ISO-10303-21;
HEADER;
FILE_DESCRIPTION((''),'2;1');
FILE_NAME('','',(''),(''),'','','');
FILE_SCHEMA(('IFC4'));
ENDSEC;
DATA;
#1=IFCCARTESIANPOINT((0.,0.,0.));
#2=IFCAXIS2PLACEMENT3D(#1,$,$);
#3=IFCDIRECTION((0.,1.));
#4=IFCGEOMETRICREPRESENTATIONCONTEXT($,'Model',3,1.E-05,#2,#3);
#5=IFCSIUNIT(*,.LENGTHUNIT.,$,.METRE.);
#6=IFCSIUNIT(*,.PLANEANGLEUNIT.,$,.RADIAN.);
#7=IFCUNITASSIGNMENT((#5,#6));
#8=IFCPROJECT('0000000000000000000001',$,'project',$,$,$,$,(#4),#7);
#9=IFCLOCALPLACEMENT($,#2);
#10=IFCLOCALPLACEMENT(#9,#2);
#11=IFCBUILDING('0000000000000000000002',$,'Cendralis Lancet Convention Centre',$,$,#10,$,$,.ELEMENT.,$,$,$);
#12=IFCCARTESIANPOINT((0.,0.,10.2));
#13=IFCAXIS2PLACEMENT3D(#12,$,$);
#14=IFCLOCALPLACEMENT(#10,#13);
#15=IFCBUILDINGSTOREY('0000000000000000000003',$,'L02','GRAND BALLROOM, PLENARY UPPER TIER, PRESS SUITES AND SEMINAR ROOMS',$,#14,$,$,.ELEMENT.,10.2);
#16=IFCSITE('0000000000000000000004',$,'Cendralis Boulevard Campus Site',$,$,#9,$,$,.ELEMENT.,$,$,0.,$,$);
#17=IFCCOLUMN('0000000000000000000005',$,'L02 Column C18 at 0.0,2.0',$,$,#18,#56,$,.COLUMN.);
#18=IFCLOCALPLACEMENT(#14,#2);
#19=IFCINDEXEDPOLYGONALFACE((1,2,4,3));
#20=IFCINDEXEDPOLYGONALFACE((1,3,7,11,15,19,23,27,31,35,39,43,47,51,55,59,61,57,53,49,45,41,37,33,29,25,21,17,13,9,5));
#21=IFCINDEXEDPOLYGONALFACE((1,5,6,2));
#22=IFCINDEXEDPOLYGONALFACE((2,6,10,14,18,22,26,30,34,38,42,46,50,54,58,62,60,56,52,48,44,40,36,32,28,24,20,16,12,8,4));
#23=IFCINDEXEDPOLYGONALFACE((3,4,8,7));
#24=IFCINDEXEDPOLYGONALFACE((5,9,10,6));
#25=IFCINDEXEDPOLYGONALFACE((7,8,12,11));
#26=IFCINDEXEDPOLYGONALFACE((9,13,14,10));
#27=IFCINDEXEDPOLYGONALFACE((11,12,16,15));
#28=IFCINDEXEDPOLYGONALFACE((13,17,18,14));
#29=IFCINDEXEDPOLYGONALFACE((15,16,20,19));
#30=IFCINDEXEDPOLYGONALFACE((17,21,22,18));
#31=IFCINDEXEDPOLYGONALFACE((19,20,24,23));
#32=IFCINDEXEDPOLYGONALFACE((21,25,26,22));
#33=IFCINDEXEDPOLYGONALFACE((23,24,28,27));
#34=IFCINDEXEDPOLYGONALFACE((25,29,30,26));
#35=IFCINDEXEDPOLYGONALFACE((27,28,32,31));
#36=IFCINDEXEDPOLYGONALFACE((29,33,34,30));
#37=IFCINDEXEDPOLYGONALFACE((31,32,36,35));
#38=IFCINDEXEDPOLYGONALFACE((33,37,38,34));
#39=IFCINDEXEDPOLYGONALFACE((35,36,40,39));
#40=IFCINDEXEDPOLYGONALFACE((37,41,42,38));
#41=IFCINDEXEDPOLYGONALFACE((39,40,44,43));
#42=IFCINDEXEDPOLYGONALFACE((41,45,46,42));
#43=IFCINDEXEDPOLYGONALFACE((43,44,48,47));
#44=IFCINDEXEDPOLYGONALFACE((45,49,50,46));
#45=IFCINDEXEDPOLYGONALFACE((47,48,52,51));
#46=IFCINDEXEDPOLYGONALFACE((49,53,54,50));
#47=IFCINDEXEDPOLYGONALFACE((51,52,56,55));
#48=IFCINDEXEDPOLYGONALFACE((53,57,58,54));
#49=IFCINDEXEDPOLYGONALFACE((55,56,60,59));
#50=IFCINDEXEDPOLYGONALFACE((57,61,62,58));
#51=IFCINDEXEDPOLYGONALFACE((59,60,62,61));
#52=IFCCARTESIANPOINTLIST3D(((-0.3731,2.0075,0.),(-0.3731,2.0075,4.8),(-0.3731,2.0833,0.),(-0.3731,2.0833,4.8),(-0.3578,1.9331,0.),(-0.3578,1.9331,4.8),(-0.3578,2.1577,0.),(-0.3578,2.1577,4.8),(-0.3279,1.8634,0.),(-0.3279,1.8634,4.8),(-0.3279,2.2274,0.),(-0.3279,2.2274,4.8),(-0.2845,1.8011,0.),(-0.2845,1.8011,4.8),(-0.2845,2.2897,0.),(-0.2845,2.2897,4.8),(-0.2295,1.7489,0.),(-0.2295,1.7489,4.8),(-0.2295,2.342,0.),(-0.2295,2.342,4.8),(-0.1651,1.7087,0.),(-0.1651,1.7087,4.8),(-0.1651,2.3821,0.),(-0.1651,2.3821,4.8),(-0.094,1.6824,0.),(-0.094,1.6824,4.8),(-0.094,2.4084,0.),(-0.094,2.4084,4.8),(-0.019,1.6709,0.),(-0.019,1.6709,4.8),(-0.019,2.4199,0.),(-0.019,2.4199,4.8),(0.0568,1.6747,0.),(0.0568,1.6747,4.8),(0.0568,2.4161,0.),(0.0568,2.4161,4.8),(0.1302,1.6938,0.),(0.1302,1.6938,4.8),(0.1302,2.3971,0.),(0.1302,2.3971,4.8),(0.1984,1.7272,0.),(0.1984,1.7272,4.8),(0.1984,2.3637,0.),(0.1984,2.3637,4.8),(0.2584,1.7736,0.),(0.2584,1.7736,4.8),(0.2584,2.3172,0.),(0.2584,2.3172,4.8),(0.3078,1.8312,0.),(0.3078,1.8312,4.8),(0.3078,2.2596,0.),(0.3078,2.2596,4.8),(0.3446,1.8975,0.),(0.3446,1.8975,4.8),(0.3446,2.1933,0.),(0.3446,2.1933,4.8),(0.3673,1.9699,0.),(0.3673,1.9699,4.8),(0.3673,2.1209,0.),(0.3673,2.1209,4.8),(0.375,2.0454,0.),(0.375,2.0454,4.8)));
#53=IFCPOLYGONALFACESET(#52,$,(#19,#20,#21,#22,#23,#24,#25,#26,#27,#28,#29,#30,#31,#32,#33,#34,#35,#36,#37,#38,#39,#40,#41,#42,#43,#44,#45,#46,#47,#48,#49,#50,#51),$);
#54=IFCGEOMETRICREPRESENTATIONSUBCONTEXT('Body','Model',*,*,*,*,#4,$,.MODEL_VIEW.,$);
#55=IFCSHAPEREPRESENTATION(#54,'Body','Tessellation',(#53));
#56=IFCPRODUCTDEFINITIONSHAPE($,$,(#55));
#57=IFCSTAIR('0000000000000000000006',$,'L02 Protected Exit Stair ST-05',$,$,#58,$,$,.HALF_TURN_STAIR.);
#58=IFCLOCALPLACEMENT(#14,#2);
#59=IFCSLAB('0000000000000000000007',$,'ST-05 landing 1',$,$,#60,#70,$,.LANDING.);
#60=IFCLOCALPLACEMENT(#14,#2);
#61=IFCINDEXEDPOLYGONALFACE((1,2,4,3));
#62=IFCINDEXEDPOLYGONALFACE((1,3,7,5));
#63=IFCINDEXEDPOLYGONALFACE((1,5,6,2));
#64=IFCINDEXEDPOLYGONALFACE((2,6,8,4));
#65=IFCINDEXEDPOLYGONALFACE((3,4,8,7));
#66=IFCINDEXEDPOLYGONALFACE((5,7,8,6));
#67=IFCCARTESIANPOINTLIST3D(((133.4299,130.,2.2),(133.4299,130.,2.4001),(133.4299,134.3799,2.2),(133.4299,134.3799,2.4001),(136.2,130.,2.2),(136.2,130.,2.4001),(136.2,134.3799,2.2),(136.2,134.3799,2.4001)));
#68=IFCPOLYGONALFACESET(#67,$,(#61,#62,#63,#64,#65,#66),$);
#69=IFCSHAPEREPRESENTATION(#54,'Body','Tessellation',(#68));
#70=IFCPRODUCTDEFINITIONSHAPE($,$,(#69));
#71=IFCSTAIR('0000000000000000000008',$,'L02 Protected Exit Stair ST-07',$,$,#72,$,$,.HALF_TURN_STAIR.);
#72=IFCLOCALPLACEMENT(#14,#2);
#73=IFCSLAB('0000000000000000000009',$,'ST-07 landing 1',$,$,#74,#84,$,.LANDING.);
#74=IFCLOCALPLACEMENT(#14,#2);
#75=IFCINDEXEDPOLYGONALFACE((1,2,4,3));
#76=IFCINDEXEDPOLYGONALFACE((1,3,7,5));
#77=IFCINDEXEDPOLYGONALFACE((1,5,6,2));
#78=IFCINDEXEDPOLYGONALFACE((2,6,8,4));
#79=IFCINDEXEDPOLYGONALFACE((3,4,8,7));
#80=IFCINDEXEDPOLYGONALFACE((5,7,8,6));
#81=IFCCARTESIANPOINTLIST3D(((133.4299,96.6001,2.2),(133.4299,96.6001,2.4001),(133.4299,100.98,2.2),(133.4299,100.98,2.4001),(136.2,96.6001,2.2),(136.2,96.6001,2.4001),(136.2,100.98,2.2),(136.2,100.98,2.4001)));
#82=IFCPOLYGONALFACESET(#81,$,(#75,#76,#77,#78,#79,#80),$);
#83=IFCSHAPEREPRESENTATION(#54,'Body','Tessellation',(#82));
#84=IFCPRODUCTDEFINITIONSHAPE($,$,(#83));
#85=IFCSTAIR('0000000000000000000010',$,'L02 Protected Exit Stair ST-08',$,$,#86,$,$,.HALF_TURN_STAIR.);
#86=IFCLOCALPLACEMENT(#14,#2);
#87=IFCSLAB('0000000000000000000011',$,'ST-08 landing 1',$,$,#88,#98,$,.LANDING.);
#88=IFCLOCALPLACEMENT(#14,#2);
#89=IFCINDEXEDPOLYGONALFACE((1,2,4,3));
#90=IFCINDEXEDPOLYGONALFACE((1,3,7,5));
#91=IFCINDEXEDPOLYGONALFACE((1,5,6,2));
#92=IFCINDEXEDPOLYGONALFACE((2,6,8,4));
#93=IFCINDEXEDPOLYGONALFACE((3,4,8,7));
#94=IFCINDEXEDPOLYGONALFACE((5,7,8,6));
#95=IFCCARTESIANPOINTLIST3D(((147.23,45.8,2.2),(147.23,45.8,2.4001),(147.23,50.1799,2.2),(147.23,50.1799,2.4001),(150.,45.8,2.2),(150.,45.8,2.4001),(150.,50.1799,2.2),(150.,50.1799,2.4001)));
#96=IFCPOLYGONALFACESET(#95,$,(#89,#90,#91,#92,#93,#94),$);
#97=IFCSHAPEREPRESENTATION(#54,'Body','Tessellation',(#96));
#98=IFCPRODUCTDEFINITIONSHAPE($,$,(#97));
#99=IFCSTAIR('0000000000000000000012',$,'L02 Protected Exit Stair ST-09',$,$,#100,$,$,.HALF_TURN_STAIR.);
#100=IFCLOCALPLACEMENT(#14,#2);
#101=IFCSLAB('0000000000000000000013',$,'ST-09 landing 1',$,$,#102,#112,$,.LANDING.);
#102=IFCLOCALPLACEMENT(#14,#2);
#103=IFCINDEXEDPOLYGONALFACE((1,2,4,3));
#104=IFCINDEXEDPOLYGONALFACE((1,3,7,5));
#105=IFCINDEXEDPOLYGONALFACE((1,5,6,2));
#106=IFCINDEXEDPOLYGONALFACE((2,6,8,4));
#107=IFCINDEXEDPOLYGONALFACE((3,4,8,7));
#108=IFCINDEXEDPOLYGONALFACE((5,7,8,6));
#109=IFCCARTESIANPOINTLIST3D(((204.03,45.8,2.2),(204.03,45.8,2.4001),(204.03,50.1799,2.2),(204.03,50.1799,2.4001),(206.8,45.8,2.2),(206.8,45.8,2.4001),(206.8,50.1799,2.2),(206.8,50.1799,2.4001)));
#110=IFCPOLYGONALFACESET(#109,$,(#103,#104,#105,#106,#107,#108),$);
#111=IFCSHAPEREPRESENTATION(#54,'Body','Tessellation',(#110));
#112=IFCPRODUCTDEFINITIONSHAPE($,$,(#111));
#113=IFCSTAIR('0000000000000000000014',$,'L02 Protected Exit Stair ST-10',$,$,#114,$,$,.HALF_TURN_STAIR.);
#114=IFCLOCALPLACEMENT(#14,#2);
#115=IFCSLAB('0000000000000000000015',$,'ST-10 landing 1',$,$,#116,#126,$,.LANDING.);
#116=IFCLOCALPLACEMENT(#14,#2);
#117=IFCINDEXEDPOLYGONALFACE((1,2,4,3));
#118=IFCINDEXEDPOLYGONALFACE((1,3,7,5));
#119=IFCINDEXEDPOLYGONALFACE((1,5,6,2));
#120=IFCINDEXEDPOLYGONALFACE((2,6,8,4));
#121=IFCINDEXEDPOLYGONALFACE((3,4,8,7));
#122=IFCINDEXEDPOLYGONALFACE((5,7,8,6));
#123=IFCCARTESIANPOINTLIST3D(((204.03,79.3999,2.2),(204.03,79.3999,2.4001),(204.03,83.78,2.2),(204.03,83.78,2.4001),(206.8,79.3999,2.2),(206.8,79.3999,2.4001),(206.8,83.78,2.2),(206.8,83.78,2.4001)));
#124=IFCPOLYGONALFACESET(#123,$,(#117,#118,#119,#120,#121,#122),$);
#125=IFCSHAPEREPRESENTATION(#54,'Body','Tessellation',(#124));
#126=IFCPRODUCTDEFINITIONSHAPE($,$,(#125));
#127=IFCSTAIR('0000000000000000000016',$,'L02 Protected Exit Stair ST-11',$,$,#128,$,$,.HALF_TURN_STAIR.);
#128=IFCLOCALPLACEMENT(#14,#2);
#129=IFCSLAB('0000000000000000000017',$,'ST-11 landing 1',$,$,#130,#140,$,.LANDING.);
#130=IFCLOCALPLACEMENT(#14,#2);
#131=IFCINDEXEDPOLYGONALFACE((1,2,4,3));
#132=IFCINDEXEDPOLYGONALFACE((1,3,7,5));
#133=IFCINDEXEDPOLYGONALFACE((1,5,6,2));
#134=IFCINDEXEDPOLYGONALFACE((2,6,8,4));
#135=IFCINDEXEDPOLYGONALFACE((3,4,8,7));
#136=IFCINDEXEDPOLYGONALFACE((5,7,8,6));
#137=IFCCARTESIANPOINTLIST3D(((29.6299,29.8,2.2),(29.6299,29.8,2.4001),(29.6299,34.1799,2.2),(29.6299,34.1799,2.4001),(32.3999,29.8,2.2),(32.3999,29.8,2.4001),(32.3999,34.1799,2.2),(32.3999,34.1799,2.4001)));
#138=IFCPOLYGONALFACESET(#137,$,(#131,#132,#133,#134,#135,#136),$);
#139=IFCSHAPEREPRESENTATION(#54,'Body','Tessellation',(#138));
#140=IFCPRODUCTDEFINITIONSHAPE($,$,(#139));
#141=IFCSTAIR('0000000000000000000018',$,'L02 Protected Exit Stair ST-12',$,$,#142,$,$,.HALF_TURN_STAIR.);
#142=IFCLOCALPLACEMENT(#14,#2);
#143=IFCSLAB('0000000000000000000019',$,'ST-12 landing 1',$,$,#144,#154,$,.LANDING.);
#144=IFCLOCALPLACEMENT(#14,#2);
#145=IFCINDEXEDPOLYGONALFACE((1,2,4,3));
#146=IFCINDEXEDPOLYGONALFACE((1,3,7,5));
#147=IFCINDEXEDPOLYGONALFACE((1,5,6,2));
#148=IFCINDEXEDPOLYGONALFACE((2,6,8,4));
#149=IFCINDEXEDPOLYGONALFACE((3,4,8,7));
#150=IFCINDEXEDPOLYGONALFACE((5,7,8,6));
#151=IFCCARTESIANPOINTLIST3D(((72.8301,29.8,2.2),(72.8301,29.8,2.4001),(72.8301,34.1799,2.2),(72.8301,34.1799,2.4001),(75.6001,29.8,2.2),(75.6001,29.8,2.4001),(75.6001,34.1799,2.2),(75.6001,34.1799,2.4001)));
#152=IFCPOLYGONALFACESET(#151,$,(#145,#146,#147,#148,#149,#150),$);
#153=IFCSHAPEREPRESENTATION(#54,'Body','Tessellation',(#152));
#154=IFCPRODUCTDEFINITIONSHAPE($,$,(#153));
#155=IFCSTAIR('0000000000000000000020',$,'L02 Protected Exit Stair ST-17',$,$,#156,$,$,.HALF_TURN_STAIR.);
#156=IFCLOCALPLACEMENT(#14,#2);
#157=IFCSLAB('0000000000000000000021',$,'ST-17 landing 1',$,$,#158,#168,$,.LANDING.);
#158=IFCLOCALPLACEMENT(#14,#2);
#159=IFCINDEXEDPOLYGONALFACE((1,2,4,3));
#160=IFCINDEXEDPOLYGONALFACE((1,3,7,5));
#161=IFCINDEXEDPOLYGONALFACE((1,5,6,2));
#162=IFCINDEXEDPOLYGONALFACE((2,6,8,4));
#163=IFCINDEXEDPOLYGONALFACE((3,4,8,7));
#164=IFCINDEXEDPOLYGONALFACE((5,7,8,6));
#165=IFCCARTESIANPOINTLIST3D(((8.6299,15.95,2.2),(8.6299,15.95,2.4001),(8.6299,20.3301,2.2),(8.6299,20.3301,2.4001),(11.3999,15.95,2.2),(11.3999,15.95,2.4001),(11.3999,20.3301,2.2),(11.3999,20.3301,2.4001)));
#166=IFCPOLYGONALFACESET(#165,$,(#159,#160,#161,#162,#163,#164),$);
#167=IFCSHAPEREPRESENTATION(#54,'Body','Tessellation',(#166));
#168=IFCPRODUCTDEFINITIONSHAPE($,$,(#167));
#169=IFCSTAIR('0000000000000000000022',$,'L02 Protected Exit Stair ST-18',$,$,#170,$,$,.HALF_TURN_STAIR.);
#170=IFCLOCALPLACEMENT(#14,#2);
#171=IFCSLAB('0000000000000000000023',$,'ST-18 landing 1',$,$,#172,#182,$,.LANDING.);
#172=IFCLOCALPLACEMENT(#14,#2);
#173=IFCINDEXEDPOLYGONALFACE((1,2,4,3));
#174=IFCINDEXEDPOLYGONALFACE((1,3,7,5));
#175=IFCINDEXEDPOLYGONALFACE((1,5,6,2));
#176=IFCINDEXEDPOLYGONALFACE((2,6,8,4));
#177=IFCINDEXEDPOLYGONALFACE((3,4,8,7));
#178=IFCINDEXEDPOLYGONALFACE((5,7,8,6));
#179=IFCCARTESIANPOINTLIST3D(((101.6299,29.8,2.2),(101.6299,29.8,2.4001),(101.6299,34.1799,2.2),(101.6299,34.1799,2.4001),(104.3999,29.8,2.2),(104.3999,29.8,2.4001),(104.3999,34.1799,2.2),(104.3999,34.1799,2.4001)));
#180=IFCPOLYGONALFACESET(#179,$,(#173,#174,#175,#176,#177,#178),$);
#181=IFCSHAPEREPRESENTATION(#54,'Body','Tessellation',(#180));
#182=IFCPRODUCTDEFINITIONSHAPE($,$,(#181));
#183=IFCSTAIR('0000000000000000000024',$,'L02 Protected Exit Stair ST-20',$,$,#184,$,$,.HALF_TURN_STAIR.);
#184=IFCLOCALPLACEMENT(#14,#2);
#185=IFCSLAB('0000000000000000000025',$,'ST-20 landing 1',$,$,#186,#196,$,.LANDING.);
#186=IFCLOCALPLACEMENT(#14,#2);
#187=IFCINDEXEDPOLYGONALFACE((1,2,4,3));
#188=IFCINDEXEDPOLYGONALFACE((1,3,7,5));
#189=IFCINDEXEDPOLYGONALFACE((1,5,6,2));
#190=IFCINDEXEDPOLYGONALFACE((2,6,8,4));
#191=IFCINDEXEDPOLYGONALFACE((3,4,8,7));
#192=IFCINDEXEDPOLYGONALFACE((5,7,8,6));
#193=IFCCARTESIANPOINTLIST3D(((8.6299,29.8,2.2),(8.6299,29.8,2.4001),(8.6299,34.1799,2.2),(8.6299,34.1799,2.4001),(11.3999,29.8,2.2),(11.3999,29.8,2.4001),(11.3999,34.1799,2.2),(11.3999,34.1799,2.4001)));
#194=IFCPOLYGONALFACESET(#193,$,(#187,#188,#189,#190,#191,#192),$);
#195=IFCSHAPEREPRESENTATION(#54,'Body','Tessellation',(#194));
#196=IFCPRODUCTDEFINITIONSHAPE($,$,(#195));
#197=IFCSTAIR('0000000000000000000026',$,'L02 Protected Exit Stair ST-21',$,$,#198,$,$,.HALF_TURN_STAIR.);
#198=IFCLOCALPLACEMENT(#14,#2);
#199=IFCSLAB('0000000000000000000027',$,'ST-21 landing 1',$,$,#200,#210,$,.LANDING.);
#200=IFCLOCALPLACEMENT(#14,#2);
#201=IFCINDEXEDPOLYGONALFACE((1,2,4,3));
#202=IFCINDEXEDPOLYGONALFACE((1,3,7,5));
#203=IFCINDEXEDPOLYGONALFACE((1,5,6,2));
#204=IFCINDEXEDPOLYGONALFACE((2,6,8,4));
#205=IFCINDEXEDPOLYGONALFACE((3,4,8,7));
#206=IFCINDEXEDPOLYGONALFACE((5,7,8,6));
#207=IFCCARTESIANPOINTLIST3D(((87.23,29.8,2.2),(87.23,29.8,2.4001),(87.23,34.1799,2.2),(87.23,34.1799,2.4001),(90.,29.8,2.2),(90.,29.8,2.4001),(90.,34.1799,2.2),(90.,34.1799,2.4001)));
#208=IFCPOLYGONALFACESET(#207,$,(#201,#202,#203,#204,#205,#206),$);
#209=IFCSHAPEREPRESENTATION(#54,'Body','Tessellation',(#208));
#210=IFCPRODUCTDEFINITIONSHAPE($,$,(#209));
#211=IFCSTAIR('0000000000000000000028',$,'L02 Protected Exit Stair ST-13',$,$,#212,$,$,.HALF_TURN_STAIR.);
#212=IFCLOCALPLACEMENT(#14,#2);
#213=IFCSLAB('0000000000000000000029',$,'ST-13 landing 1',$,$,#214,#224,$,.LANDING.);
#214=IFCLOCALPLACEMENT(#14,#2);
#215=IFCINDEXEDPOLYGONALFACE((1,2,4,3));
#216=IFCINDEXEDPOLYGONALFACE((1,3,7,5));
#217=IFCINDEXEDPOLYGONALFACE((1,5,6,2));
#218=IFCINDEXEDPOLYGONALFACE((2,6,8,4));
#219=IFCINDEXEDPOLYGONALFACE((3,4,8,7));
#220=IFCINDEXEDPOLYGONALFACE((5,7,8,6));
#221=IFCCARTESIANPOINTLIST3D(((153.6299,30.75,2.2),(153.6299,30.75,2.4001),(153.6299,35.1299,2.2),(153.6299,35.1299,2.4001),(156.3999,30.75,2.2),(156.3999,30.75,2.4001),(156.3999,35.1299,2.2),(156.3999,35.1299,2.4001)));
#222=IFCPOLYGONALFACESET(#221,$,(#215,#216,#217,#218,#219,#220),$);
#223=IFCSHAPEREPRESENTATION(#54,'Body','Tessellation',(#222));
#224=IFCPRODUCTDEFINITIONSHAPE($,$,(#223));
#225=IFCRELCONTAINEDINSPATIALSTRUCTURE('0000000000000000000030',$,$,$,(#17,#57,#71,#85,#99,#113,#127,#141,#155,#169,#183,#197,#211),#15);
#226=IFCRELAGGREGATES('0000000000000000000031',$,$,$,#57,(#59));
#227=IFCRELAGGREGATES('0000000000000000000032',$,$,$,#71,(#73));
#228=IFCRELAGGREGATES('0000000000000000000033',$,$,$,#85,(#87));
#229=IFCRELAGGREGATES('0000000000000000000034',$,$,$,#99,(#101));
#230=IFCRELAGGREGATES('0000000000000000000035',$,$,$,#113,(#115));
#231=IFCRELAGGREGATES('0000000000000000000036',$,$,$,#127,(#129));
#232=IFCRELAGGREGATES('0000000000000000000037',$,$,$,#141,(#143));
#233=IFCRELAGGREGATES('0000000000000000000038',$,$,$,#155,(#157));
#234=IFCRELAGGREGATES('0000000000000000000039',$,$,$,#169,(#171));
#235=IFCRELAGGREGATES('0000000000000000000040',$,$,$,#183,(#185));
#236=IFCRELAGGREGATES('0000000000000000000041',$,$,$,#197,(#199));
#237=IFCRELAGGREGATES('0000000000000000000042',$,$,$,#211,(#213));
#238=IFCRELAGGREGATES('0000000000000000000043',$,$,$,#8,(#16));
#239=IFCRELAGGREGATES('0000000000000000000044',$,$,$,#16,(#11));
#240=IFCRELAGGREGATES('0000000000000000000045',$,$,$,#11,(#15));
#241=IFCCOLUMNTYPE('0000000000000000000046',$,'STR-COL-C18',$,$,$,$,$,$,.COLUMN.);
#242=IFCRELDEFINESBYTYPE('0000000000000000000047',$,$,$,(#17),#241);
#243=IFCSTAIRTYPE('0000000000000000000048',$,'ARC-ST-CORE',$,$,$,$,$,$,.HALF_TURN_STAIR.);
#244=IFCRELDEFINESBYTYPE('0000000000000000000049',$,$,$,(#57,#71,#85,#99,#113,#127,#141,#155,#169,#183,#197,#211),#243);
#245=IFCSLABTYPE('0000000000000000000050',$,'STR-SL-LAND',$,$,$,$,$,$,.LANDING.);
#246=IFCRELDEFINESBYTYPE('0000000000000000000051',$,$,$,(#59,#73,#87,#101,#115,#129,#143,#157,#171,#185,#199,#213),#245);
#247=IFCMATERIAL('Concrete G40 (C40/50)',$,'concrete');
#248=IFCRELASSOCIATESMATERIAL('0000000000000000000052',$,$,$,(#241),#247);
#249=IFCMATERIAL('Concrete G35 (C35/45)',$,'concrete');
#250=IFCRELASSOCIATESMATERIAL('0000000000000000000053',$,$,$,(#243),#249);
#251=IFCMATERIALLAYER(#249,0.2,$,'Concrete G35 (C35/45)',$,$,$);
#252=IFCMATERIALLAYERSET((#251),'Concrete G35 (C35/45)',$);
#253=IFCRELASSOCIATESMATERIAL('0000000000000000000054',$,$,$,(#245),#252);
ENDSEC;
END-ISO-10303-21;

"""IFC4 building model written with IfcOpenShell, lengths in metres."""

from ifc_helpers import new_model, si_unit, direction, frame, origin, origin_2d, place, context, subcontext, project, spatial, polyline, circle, outline, extrude, material, layer, layer_set, material_profile, profile_set, type_object, element, aggregate, save


model = new_model("IFC4")

# Units and contexts
model_context = context("Model", 3, precision=1e-05, world=origin(), true_north=direction((0.0, 1.0)))
body_context = subcontext(model_context, "Body", "Model", "MODEL_VIEW")
ifc_project = project(units=[si_unit("LENGTHUNIT", "METRE"), si_unit("PLANEANGLEUNIT", "RADIAN")], contexts=[model_context])

# Site, building, storey
site_placement = place(None, origin())
site = spatial("IfcSite", under=ifc_project, at=site_placement, Name="Cendralis Boulevard Campus Site", CompositionType="ELEMENT", RefElevation=0.0)
building_placement = place(site_placement, origin())
building = spatial("IfcBuilding", under=site, at=building_placement, Name="Cendralis Lancet Convention Centre", CompositionType="ELEMENT")
storey_placement = place(building_placement, frame((0.0, 0.0, 10.2)))
storey = spatial("IfcBuildingStorey", under=building, at=storey_placement, Name="L02", Description="GRAND BALLROOM, PLENARY UPPER TIER, PRESS SUITES AND SEMINAR ROOMS", CompositionType="ELEMENT", Elevation=10.2)

# Column
ifc_material_1 = material(Name="Concrete G40 (C40/50)", Category="concrete")
ifc_material_profile = material_profile(ifc_material_1, circle(Radius=0.375, at=origin_2d()), Name="RC D750")
ifc_profile_set = profile_set([ifc_material_profile], Name="Concrete G40 (C40/50)")
column_type = type_object("IfcColumnType", Name="STR-COL-C18", PredefinedType="COLUMN", material=ifc_profile_set)
column_placement = place(storey_placement, frame((0.0, 2.0454, 0.0), z_axis=(0.0, 0.0, 1.0), x_axis=(1.0, 0.0, 0.0)))
element("IfcColumn", 1, at=column_placement, inside=storey, type_object=column_type, Name="L02 Column C18 at 0.0,2.0", PredefinedType="COLUMN", context=body_context, shape_type="SweptSolid", body=[
    extrude(circle(Radius=0.375, at=origin_2d()), origin(), (0.0, 0.0, 1.0), 4.8),
])

# Stairs, slabs
ifc_material_2 = material(Name="Concrete G35 (C35/45)", Category="concrete")
stair_type = type_object("IfcStairType", Name="ARC-ST-CORE", PredefinedType="HALF_TURN_STAIR", material=ifc_material_2)
stair_1_placement = place(storey_placement, origin())
stair_1 = element("IfcStair", 2, at=stair_1_placement, inside=storey, type_object=stair_type, Name="L02 Protected Exit Stair ST-05", PredefinedType="HALF_TURN_STAIR")
ifc_layer_1 = layer(ifc_material_2, 0.2, Name="Concrete G35 (C35/45)")
ifc_layer_set_1 = layer_set([ifc_layer_1], Name="Concrete G35 (C35/45)")
slab_type = type_object("IfcSlabType", Name="STR-SL-LAND", PredefinedType="LANDING", material=ifc_layer_set_1)
slab_1_placement = place(storey_placement, frame((0.0, 0.0, 2.2)))
slab_1 = element("IfcSlab", 3, at=slab_1_placement, type_object=slab_type, Name="ST-05 landing 1", PredefinedType="LANDING", context=body_context, shape_type="SweptSolid", body=[
    extrude(outline(polyline([(133.4299, 130.0), (136.2, 130.0), (136.2, 134.3799), (133.4299, 134.3799), (133.4299, 130.0)])), origin(), (0.0, 0.0, 1.0), 0.2002),
])
aggregate(stair_1, [slab_1])
stair_2_placement = place(storey_placement, origin())
stair_2 = element("IfcStair", 4, at=stair_2_placement, inside=storey, type_object=stair_type, Name="L02 Protected Exit Stair ST-07", PredefinedType="HALF_TURN_STAIR")
slab_2_placement = place(storey_placement, frame((0.0, 0.0, 2.2)))
slab_2 = element("IfcSlab", 5, at=slab_2_placement, type_object=slab_type, Name="ST-07 landing 1", PredefinedType="LANDING", context=body_context, shape_type="SweptSolid", body=[
    extrude(outline(polyline([(133.4299, 96.6001), (136.2, 96.6001), (136.2, 100.98), (133.4299, 100.98), (133.4299, 96.6001)])), origin(), (0.0, 0.0, 1.0), 0.2002),
])
aggregate(stair_2, [slab_2])
stair_3_placement = place(storey_placement, origin())
stair_3 = element("IfcStair", 6, at=stair_3_placement, inside=storey, type_object=stair_type, Name="L02 Protected Exit Stair ST-08", PredefinedType="HALF_TURN_STAIR")
slab_3_placement = place(storey_placement, frame((0.0, 0.0, 2.2)))
slab_3 = element("IfcSlab", 7, at=slab_3_placement, type_object=slab_type, Name="ST-08 landing 1", PredefinedType="LANDING", context=body_context, shape_type="SweptSolid", body=[
    extrude(outline(polyline([(147.23, 45.8), (150.0, 45.8), (150.0, 50.1799), (147.23, 50.1799), (147.23, 45.8)])), origin(), (0.0, 0.0, 1.0), 0.2002),
])
aggregate(stair_3, [slab_3])
stair_4_placement = place(storey_placement, origin())
stair_4 = element("IfcStair", 8, at=stair_4_placement, inside=storey, type_object=stair_type, Name="L02 Protected Exit Stair ST-09", PredefinedType="HALF_TURN_STAIR")
slab_4_placement = place(storey_placement, frame((0.0, 0.0, 2.2)))
slab_4 = element("IfcSlab", 9, at=slab_4_placement, type_object=slab_type, Name="ST-09 landing 1", PredefinedType="LANDING", context=body_context, shape_type="SweptSolid", body=[
    extrude(outline(polyline([(204.03, 45.8), (206.8, 45.8), (206.8, 50.1799), (204.03, 50.1799), (204.03, 45.8)])), origin(), (0.0, 0.0, 1.0), 0.2002),
])
aggregate(stair_4, [slab_4])
stair_5_placement = place(storey_placement, origin())
stair_5 = element("IfcStair", 10, at=stair_5_placement, inside=storey, type_object=stair_type, Name="L02 Protected Exit Stair ST-10", PredefinedType="HALF_TURN_STAIR")
slab_5_placement = place(storey_placement, frame((0.0, 0.0, 2.2)))
slab_5 = element("IfcSlab", 11, at=slab_5_placement, type_object=slab_type, Name="ST-10 landing 1", PredefinedType="LANDING", context=body_context, shape_type="SweptSolid", body=[
    extrude(outline(polyline([(204.03, 79.3999), (206.8, 79.3999), (206.8, 83.78), (204.03, 83.78), (204.03, 79.3999)])), origin(), (0.0, 0.0, 1.0), 0.2002),
])
aggregate(stair_5, [slab_5])
stair_6_placement = place(storey_placement, origin())
stair_6 = element("IfcStair", 12, at=stair_6_placement, inside=storey, type_object=stair_type, Name="L02 Protected Exit Stair ST-11", PredefinedType="HALF_TURN_STAIR")
slab_6_placement = place(storey_placement, frame((0.0, 0.0, 2.2)))
slab_6 = element("IfcSlab", 13, at=slab_6_placement, type_object=slab_type, Name="ST-11 landing 1", PredefinedType="LANDING", context=body_context, shape_type="SweptSolid", body=[
    extrude(outline(polyline([(29.6299, 29.8), (32.3999, 29.8), (32.3999, 34.1799), (29.6299, 34.1799), (29.6299, 29.8)])), origin(), (0.0, 0.0, 1.0), 0.2002),
])
aggregate(stair_6, [slab_6])
stair_7_placement = place(storey_placement, origin())
stair_7 = element("IfcStair", 14, at=stair_7_placement, inside=storey, type_object=stair_type, Name="L02 Protected Exit Stair ST-12", PredefinedType="HALF_TURN_STAIR")
slab_7_placement = place(storey_placement, frame((0.0, 0.0, 2.2)))
slab_7 = element("IfcSlab", 15, at=slab_7_placement, type_object=slab_type, Name="ST-12 landing 1", PredefinedType="LANDING", context=body_context, shape_type="SweptSolid", body=[
    extrude(outline(polyline([(72.8301, 29.8), (75.6001, 29.8), (75.6001, 34.1799), (72.8301, 34.1799), (72.8301, 29.8)])), origin(), (0.0, 0.0, 1.0), 0.2002),
])
aggregate(stair_7, [slab_7])
stair_8_placement = place(storey_placement, origin())
stair_8 = element("IfcStair", 16, at=stair_8_placement, inside=storey, type_object=stair_type, Name="L02 Protected Exit Stair ST-17", PredefinedType="HALF_TURN_STAIR")
slab_8_placement = place(storey_placement, frame((0.0, 0.0, 2.2)))
slab_8 = element("IfcSlab", 17, at=slab_8_placement, type_object=slab_type, Name="ST-17 landing 1", PredefinedType="LANDING", context=body_context, shape_type="SweptSolid", body=[
    extrude(outline(polyline([(8.6299, 15.95), (11.3999, 15.95), (11.3999, 20.3301), (8.6299, 20.3301), (8.6299, 15.95)])), origin(), (0.0, 0.0, 1.0), 0.2002),
])
aggregate(stair_8, [slab_8])
stair_9_placement = place(storey_placement, origin())
stair_9 = element("IfcStair", 18, at=stair_9_placement, inside=storey, type_object=stair_type, Name="L02 Protected Exit Stair ST-18", PredefinedType="HALF_TURN_STAIR")
slab_9_placement = place(storey_placement, frame((0.0, 0.0, 2.2)))
slab_9 = element("IfcSlab", 19, at=slab_9_placement, type_object=slab_type, Name="ST-18 landing 1", PredefinedType="LANDING", context=body_context, shape_type="SweptSolid", body=[
    extrude(outline(polyline([(101.6299, 29.8), (104.3999, 29.8), (104.3999, 34.1799), (101.6299, 34.1799), (101.6299, 29.8)])), origin(), (0.0, 0.0, 1.0), 0.2002),
])
aggregate(stair_9, [slab_9])
stair_10_placement = place(storey_placement, origin())
stair_10 = element("IfcStair", 20, at=stair_10_placement, inside=storey, type_object=stair_type, Name="L02 Protected Exit Stair ST-20", PredefinedType="HALF_TURN_STAIR")
slab_10_placement = place(storey_placement, frame((0.0, 0.0, 2.2)))
slab_10 = element("IfcSlab", 21, at=slab_10_placement, type_object=slab_type, Name="ST-20 landing 1", PredefinedType="LANDING", context=body_context, shape_type="SweptSolid", body=[
    extrude(outline(polyline([(8.6299, 29.8), (11.3999, 29.8), (11.3999, 34.1799), (8.6299, 34.1799), (8.6299, 29.8)])), origin(), (0.0, 0.0, 1.0), 0.2002),
])
aggregate(stair_10, [slab_10])
stair_11_placement = place(storey_placement, origin())
stair_11 = element("IfcStair", 22, at=stair_11_placement, inside=storey, type_object=stair_type, Name="L02 Protected Exit Stair ST-21", PredefinedType="HALF_TURN_STAIR")
slab_11_placement = place(storey_placement, frame((0.0, 0.0, 2.2)))
slab_11 = element("IfcSlab", 23, at=slab_11_placement, type_object=slab_type, Name="ST-21 landing 1", PredefinedType="LANDING", context=body_context, shape_type="SweptSolid", body=[
    extrude(outline(polyline([(87.23, 29.8), (90.0, 29.8), (90.0, 34.1799), (87.23, 34.1799), (87.23, 29.8)])), origin(), (0.0, 0.0, 1.0), 0.2002),
])
aggregate(stair_11, [slab_11])
stair_12_placement = place(storey_placement, origin())
stair_12 = element("IfcStair", 24, at=stair_12_placement, inside=storey, type_object=stair_type, Name="L02 Protected Exit Stair ST-13", PredefinedType="HALF_TURN_STAIR")
slab_12_placement = place(storey_placement, frame((0.0, 0.0, 2.2)))
slab_12 = element("IfcSlab", 25, at=slab_12_placement, type_object=slab_type, Name="ST-13 landing 1", PredefinedType="LANDING", context=body_context, shape_type="SweptSolid", body=[
    extrude(outline(polyline([(153.6299, 30.75), (156.3999, 30.75), (156.3999, 35.1299), (153.6299, 35.1299), (153.6299, 30.75)])), origin(), (0.0, 0.0, 1.0), 0.2002),
])
aggregate(stair_12, [slab_12])

save(model, "model.ifc")
